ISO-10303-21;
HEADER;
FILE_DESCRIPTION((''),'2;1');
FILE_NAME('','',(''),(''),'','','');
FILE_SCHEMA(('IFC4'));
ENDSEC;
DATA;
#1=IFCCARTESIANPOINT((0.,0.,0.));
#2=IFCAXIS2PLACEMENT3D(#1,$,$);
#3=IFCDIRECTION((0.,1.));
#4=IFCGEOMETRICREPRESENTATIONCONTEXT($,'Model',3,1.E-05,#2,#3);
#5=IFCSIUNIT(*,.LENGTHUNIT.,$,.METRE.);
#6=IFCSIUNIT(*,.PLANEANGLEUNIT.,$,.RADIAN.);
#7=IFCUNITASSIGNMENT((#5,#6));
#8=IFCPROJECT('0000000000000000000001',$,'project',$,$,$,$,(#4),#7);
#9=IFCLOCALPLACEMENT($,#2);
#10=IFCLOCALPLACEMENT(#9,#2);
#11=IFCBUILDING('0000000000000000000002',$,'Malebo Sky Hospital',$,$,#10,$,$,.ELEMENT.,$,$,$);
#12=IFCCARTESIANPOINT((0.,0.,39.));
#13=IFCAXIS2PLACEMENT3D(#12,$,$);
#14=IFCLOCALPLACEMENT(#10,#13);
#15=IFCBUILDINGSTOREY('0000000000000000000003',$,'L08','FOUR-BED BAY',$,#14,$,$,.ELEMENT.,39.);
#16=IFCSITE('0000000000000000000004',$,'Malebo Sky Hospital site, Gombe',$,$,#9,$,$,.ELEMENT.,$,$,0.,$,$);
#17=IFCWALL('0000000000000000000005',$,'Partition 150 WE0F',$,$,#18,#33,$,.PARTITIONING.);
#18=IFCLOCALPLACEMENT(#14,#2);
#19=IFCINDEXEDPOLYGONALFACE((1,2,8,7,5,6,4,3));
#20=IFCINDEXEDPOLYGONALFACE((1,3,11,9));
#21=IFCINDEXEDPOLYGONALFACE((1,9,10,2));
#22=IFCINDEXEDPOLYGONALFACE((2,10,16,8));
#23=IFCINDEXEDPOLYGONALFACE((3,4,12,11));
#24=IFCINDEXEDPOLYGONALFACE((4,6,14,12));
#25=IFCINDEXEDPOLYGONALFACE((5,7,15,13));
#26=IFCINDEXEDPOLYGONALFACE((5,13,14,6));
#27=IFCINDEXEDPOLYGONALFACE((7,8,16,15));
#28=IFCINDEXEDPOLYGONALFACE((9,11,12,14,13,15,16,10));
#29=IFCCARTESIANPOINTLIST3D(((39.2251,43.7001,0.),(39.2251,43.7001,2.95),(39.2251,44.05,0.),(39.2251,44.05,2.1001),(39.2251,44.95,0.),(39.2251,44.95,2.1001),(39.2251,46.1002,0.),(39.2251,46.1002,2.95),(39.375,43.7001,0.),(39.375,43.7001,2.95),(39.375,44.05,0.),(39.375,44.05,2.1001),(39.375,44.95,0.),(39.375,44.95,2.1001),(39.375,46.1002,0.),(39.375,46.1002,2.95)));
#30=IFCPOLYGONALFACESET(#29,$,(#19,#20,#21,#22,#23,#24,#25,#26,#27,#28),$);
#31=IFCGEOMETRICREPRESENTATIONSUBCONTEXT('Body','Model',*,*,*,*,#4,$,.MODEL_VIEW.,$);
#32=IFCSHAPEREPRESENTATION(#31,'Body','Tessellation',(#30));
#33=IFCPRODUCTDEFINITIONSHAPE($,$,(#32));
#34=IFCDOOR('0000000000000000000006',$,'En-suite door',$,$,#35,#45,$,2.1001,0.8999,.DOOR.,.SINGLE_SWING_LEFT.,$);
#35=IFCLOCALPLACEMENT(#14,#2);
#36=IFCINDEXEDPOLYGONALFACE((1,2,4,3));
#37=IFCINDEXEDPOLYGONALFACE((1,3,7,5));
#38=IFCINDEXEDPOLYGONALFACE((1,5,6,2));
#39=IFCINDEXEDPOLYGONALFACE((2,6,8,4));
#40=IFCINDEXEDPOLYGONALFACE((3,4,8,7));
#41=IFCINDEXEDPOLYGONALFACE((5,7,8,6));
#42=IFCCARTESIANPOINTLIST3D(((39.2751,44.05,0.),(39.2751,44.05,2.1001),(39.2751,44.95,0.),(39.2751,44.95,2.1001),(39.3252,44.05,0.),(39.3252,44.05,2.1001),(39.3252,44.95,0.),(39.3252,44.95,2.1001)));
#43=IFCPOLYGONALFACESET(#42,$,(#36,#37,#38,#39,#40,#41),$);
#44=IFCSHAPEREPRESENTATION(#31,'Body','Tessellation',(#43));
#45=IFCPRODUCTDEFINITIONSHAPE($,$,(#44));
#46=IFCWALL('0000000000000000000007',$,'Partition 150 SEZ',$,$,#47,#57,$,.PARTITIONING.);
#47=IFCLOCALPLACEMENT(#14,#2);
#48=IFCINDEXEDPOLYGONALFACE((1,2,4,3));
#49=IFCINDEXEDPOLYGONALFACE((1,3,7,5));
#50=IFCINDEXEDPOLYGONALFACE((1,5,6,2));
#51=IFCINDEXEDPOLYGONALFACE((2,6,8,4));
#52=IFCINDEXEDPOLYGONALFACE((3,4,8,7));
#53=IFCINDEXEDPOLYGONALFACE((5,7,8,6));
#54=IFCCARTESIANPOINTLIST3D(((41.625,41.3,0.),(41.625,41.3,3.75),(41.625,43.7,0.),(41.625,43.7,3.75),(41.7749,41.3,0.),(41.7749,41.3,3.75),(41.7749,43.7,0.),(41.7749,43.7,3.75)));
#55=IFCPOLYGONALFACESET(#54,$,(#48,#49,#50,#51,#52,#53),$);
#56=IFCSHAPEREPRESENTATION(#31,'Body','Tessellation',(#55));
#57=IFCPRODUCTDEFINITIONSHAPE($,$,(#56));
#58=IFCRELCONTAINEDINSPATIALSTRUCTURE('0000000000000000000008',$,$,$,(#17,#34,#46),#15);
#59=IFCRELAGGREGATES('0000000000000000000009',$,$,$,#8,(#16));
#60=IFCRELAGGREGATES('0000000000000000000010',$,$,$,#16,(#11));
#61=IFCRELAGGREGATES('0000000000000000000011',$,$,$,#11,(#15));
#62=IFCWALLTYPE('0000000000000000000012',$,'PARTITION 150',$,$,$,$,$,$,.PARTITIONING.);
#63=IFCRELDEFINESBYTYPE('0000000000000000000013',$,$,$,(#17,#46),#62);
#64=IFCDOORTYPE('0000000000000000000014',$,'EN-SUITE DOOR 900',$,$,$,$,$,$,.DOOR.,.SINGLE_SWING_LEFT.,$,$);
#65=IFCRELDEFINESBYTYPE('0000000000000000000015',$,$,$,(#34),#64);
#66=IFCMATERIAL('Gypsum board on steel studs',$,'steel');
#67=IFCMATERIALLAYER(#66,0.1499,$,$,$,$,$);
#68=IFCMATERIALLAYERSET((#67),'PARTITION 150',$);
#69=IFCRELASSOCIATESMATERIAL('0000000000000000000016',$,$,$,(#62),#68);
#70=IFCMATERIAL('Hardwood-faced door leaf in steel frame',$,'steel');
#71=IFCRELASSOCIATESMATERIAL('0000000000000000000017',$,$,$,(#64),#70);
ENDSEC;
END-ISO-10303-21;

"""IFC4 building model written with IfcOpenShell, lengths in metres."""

from ifc_helpers import new_model, si_unit, direction, frame, frame_2d, origin, place, context, subcontext, project, spatial, rectangle, extrude, material, layer, layer_set, type_object, element, fill, save


model = new_model("IFC4")

# Units and contexts
model_context = context("Model", 3, precision=1e-05, world=origin(), true_north=direction((0.0, 1.0)))
body_context = subcontext(model_context, "Body", "Model", "MODEL_VIEW")
ifc_project = project(units=[si_unit("LENGTHUNIT", "METRE"), si_unit("PLANEANGLEUNIT", "RADIAN")], contexts=[model_context])

# Site, building, storey
site_placement = place(None, origin())
site = spatial("IfcSite", under=ifc_project, at=site_placement, Name="Malebo Sky Hospital site, Gombe", CompositionType="ELEMENT", RefElevation=0.0)
building_placement = place(site_placement, origin())
building = spatial("IfcBuilding", under=site, at=building_placement, Name="Malebo Sky Hospital", CompositionType="ELEMENT")
storey_placement = place(building_placement, frame((0.0, 0.0, 39.0)))
storey = spatial("IfcBuildingStorey", under=building, at=storey_placement, Name="L08", Description="FOUR-BED BAY", CompositionType="ELEMENT", Elevation=39.0)

# Shared definitions
ifc_material_1 = material(Name="Gypsum board on steel studs", Category="steel")
ifc_material_2 = material(Name="Hardwood-faced door leaf in steel frame", Category="steel")

# Shared definitions
ifc_layer_1 = layer(ifc_material_1, 0.1499)
ifc_layer_set_1 = layer_set([ifc_layer_1], Name="PARTITION 150")
wall_type_1 = type_object("IfcWallType", Name="PARTITION 150", PredefinedType="PARTITIONING", material=ifc_layer_set_1)

# Wall, opening, door
wall_1_placement = place(storey_placement, frame((39.3, 43.7, 0.0), z_axis=(0.0, 0.0, 1.0), x_axis=(0.0, 1.0, 0.0)))
wall_1 = element("IfcWall", 1, at=wall_1_placement, inside=storey, type_object=wall_type_1, Name="Partition 150 WE0F", PredefinedType="PARTITIONING", context=body_context, shape_type="SweptSolid", body=[
    extrude(rectangle(XDim=2.4001, YDim=0.1499, at=frame_2d((1.2002, 0.0))), origin(), (0.0, 0.0, 1.0), 2.95),
])
opening_1_placement = place(wall_1_placement, frame((0.3501, 0.0, 0.0)))
opening_1 = element("IfcOpeningElement", 2, at=opening_1_placement, cuts=wall_1, PredefinedType="OPENING", context=body_context, shape_type="SweptSolid", body=[
    extrude(rectangle(XDim=0.8999, YDim=2.1001, at=frame_2d((0.45, 1.05))), frame((0.0, 0.085, 0.0), z_axis=(0.0, -1.0, 0.0), x_axis=(1.0, 0.0, 0.0)), (0.0, 0.0, 1.0), 0.1699),
])
door_type_1 = type_object("IfcDoorType", Name="EN-SUITE DOOR 900", OperationType="SINGLE_SWING_LEFT", PredefinedType="DOOR", material=ifc_material_2)
door_1_placement = place(opening_1_placement, origin())
door_1 = element("IfcDoor", 3, at=door_1_placement, inside=storey, type_object=door_type_1, Name="En-suite door", OperationType="SINGLE_SWING_LEFT", OverallHeight=2.1001, OverallWidth=0.8999, PredefinedType="DOOR", context=body_context, shape_type="SweptSolid", body=[
    extrude(rectangle(XDim=0.8999, YDim=2.1001, at=frame_2d((0.45, 1.05))), frame((0.0, 0.0249, 0.0), z_axis=(0.0, -1.0, 0.0), x_axis=(1.0, 0.0, 0.0)), (0.0, 0.0, 1.0), 0.05),
])
fill(opening_1, door_1)

# Wall
wall_2_placement = place(storey_placement, frame((41.7, 43.7, 0.0), z_axis=(0.0, 0.0, 1.0), x_axis=(0.0, -1.0, 0.0)))
element("IfcWall", 4, at=wall_2_placement, inside=storey, type_object=wall_type_1, Name="Partition 150 SEZ", PredefinedType="PARTITIONING", context=body_context, shape_type="SweptSolid", body=[
    extrude(rectangle(XDim=2.3999, YDim=0.1499, at=frame_2d((1.2, 0.0))), origin(), (0.0, 0.0, 1.0), 3.75),
])

save(model, "model.ifc")
